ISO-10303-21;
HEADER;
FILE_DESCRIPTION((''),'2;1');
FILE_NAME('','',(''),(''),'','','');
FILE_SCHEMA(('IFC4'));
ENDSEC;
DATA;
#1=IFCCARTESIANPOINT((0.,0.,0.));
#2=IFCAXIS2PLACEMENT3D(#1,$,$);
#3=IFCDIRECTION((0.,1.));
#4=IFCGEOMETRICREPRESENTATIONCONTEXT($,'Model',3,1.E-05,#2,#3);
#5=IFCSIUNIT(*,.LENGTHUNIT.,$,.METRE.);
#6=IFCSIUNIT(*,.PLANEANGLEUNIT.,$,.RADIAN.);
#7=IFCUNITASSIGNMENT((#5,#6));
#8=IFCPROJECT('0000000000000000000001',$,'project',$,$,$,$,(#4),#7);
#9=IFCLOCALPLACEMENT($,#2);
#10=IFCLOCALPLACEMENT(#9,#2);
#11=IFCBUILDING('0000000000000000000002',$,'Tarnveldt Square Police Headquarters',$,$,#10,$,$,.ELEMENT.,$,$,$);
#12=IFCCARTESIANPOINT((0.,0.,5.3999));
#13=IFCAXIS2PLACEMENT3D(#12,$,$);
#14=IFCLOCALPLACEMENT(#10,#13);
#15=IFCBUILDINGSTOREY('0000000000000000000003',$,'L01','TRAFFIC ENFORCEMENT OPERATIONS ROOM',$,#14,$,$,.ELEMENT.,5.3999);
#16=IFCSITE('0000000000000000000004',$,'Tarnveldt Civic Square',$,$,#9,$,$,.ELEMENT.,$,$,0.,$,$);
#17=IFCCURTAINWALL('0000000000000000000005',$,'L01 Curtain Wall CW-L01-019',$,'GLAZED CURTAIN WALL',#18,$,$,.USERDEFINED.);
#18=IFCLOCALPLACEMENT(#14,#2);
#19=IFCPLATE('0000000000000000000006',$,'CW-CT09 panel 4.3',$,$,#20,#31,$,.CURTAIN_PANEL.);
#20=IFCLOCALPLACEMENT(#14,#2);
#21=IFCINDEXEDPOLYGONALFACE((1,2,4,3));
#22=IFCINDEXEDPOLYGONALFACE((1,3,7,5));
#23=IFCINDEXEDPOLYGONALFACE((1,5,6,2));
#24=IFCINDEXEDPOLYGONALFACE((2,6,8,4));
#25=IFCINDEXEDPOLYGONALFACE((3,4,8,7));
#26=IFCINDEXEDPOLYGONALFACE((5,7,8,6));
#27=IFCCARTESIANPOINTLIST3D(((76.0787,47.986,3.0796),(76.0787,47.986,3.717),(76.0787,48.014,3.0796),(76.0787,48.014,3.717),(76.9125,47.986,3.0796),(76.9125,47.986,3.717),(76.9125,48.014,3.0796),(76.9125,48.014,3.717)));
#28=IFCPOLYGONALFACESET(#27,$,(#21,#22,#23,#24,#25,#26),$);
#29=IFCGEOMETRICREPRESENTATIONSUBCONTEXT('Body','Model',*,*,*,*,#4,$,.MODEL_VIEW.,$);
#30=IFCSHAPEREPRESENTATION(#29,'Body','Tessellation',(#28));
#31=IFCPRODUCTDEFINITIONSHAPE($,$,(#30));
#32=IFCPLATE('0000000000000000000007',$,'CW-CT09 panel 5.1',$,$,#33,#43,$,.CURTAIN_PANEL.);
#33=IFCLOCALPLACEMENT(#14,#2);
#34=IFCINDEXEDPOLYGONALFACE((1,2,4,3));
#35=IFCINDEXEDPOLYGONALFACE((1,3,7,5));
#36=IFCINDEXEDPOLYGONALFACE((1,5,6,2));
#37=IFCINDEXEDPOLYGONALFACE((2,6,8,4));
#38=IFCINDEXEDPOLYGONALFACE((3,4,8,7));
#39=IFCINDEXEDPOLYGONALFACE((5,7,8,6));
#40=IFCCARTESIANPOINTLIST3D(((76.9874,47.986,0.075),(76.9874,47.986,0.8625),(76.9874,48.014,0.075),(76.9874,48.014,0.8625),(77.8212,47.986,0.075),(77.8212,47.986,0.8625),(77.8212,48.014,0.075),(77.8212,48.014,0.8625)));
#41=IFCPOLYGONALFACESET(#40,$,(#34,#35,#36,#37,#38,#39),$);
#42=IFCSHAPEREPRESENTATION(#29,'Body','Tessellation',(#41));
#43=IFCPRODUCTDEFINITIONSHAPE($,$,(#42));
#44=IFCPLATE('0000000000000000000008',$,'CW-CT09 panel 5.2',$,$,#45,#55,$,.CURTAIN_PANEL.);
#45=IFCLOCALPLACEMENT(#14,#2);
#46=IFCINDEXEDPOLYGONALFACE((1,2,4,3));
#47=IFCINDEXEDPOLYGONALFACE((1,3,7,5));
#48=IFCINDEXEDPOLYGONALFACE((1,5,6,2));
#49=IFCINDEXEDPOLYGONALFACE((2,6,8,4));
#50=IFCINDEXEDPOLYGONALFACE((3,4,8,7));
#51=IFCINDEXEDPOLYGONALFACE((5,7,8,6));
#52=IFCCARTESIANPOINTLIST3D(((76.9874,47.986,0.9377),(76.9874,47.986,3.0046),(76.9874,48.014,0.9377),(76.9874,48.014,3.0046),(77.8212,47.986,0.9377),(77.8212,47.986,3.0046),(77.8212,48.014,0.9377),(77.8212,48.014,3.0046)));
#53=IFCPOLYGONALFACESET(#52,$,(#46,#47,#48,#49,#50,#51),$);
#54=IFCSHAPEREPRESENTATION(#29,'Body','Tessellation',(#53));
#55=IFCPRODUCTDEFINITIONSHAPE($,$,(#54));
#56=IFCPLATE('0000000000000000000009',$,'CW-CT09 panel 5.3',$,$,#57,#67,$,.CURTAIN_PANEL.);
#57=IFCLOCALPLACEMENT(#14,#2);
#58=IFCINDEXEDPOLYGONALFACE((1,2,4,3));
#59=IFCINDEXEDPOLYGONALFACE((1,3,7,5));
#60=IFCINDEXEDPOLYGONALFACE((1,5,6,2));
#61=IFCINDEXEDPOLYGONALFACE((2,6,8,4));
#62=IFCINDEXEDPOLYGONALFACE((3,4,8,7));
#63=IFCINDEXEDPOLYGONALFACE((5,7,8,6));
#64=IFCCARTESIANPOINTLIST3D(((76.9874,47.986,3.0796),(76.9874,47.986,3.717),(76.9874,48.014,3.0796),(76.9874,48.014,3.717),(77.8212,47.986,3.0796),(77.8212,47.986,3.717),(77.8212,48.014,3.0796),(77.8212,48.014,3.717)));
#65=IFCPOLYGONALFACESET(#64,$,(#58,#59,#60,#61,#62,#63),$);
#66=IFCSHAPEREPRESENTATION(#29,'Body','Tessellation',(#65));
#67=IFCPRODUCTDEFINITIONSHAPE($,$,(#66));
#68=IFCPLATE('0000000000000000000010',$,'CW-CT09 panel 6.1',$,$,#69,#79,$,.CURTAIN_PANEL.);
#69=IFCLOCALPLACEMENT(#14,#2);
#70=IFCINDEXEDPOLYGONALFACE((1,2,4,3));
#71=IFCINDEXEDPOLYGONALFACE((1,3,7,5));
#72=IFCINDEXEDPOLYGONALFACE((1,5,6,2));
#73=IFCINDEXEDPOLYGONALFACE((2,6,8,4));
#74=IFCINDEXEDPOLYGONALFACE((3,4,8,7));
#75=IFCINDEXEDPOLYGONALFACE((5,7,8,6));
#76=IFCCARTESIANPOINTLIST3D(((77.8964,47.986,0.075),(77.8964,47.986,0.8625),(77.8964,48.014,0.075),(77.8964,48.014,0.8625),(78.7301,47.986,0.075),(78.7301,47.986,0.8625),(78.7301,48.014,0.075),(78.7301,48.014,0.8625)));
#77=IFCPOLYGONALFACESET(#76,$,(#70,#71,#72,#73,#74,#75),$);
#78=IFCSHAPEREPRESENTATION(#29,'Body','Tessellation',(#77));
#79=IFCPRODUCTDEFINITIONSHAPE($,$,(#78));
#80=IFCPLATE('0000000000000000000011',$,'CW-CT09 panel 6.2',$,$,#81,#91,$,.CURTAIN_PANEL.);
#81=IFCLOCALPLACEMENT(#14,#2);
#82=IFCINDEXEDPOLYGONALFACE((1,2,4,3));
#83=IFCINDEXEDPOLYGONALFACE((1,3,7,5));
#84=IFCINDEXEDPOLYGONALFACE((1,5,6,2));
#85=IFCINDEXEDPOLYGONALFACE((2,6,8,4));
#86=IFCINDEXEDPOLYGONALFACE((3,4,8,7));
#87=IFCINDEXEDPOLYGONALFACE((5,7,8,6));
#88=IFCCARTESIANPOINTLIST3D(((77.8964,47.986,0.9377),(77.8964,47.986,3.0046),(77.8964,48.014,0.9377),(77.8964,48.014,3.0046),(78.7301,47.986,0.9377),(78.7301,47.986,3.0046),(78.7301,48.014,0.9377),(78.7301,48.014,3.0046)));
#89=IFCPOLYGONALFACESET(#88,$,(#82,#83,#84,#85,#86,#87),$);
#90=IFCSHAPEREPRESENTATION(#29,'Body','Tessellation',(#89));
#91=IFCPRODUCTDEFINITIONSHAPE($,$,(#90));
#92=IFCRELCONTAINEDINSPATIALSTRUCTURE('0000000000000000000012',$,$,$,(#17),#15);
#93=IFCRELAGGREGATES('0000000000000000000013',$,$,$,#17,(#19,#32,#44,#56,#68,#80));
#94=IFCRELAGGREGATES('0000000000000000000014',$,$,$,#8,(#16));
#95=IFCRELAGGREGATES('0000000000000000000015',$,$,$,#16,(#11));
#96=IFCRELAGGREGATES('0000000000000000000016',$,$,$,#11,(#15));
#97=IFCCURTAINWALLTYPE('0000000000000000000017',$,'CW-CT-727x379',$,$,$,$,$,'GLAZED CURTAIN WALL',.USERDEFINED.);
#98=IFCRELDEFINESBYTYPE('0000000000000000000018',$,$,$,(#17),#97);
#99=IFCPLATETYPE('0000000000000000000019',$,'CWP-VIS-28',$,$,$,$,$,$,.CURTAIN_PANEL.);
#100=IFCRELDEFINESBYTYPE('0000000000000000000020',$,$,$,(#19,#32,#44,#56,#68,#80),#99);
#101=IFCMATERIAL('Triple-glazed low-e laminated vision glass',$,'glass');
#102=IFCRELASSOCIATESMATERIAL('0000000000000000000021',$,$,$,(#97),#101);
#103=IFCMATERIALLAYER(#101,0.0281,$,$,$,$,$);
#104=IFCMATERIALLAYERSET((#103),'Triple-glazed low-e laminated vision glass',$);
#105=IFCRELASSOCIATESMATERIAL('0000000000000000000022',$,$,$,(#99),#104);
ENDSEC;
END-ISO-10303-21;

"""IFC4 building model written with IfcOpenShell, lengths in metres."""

from ifc_helpers import new_model, si_unit, direction, frame, origin, origin_2d, place, context, subcontext, project, spatial, rectangle, extrude, material, layer, layer_set, type_object, element, aggregate, save


model = new_model("IFC4")

# Units and contexts
model_context = context("Model", 3, precision=1e-05, world=origin(), true_north=direction((0.0, 1.0)))
body_context = subcontext(model_context, "Body", "Model", "MODEL_VIEW")
ifc_project = project(units=[si_unit("LENGTHUNIT", "METRE"), si_unit("PLANEANGLEUNIT", "RADIAN")], contexts=[model_context])

# Site, building, storey
site_placement = place(None, origin())
site = spatial("IfcSite", under=ifc_project, at=site_placement, Name="Tarnveldt Civic Square", CompositionType="ELEMENT", RefElevation=0.0)
building_placement = place(site_placement, origin())
building = spatial("IfcBuilding", under=site, at=building_placement, Name="Tarnveldt Square Police Headquarters", CompositionType="ELEMENT")
storey_placement = place(building_placement, frame((0.0, 0.0, 5.3999)))
storey = spatial("IfcBuildingStorey", under=building, at=storey_placement, Name="L01", Description="TRAFFIC ENFORCEMENT OPERATIONS ROOM", CompositionType="ELEMENT", Elevation=5.3999)

# Curtain wall, plates
ifc_material_1 = material(Name="Triple-glazed low-e laminated vision glass", Category="glass")
curtain_wall_type = type_object("IfcCurtainWallType", Name="CW-CT-727x379", ElementType="GLAZED CURTAIN WALL", PredefinedType="USERDEFINED", material=ifc_material_1)
curtain_wall_placement = place(storey_placement, origin())
curtain_wall = element("IfcCurtainWall", 1, at=curtain_wall_placement, inside=storey, type_object=curtain_wall_type, Name="L01 Curtain Wall CW-L01-019", ObjectType="GLAZED CURTAIN WALL", PredefinedType="USERDEFINED")
ifc_layer = layer(ifc_material_1, 0.0281)
ifc_layer_set = layer_set([ifc_layer], Name="Triple-glazed low-e laminated vision glass")
plate_type = type_object("IfcPlateType", Name="CWP-VIS-28", PredefinedType="CURTAIN_PANEL", material=ifc_layer_set)
plate_1_placement = place(storey_placement, frame((76.4956, 48.0, 3.0796), z_axis=(0.0, 0.0, 1.0), x_axis=(1.0, 0.0, 0.0)))
plate_1 = element("IfcPlate", 2, at=plate_1_placement, type_object=plate_type, Name="CW-CT09 panel 4.3", PredefinedType="CURTAIN_PANEL", context=body_context, shape_type="SweptSolid", body=[
    extrude(rectangle(XDim=0.8337, YDim=0.0281, at=origin_2d()), origin(), (0.0, 0.0, 1.0), 0.6375),
])
plate_2_placement = place(storey_placement, frame((77.4043, 48.0, 0.075), z_axis=(0.0, 0.0, 1.0), x_axis=(1.0, 0.0, 0.0)))
plate_2 = element("IfcPlate", 3, at=plate_2_placement, type_object=plate_type, Name="CW-CT09 panel 5.1", PredefinedType="CURTAIN_PANEL", context=body_context, shape_type="SweptSolid", body=[
    extrude(rectangle(XDim=0.8337, YDim=0.0281, at=origin_2d()), origin(), (0.0, 0.0, 1.0), 0.7876),
])
plate_3_placement = place(storey_placement, frame((77.4043, 48.0, 0.9377), z_axis=(0.0, 0.0, 1.0), x_axis=(1.0, 0.0, 0.0)))
plate_3 = element("IfcPlate", 4, at=plate_3_placement, type_object=plate_type, Name="CW-CT09 panel 5.2", PredefinedType="CURTAIN_PANEL", context=body_context, shape_type="SweptSolid", body=[
    extrude(rectangle(XDim=0.8337, YDim=0.0281, at=origin_2d()), origin(), (0.0, 0.0, 1.0), 2.0669),
])
plate_4_placement = place(storey_placement, frame((77.4043, 48.0, 3.0796), z_axis=(0.0, 0.0, 1.0), x_axis=(1.0, 0.0, 0.0)))
plate_4 = element("IfcPlate", 5, at=plate_4_placement, type_object=plate_type, Name="CW-CT09 panel 5.3", PredefinedType="CURTAIN_PANEL", context=body_context, shape_type="SweptSolid", body=[
    extrude(rectangle(XDim=0.8337, YDim=0.0281, at=origin_2d()), origin(), (0.0, 0.0, 1.0), 0.6375),
])
plate_5_placement = place(storey_placement, frame((78.3132, 48.0, 0.075), z_axis=(0.0, 0.0, 1.0), x_axis=(1.0, 0.0, 0.0)))
plate_5 = element("IfcPlate", 6, at=plate_5_placement, type_object=plate_type, Name="CW-CT09 panel 6.1", PredefinedType="CURTAIN_PANEL", context=body_context, shape_type="SweptSolid", body=[
    extrude(rectangle(XDim=0.8337, YDim=0.0281, at=origin_2d()), origin(), (0.0, 0.0, 1.0), 0.7876),
])
plate_6_placement = place(storey_placement, frame((78.3132, 48.0, 0.9377), z_axis=(0.0, 0.0, 1.0), x_axis=(1.0, 0.0, 0.0)))
plate_6 = element("IfcPlate", 7, at=plate_6_placement, type_object=plate_type, Name="CW-CT09 panel 6.2", PredefinedType="CURTAIN_PANEL", context=body_context, shape_type="SweptSolid", body=[
    extrude(rectangle(XDim=0.8337, YDim=0.0281, at=origin_2d()), origin(), (0.0, 0.0, 1.0), 2.0669),
])
aggregate(curtain_wall, [plate_1, plate_2, plate_3, plate_4, plate_5, plate_6])

save(model, "model.ifc")
